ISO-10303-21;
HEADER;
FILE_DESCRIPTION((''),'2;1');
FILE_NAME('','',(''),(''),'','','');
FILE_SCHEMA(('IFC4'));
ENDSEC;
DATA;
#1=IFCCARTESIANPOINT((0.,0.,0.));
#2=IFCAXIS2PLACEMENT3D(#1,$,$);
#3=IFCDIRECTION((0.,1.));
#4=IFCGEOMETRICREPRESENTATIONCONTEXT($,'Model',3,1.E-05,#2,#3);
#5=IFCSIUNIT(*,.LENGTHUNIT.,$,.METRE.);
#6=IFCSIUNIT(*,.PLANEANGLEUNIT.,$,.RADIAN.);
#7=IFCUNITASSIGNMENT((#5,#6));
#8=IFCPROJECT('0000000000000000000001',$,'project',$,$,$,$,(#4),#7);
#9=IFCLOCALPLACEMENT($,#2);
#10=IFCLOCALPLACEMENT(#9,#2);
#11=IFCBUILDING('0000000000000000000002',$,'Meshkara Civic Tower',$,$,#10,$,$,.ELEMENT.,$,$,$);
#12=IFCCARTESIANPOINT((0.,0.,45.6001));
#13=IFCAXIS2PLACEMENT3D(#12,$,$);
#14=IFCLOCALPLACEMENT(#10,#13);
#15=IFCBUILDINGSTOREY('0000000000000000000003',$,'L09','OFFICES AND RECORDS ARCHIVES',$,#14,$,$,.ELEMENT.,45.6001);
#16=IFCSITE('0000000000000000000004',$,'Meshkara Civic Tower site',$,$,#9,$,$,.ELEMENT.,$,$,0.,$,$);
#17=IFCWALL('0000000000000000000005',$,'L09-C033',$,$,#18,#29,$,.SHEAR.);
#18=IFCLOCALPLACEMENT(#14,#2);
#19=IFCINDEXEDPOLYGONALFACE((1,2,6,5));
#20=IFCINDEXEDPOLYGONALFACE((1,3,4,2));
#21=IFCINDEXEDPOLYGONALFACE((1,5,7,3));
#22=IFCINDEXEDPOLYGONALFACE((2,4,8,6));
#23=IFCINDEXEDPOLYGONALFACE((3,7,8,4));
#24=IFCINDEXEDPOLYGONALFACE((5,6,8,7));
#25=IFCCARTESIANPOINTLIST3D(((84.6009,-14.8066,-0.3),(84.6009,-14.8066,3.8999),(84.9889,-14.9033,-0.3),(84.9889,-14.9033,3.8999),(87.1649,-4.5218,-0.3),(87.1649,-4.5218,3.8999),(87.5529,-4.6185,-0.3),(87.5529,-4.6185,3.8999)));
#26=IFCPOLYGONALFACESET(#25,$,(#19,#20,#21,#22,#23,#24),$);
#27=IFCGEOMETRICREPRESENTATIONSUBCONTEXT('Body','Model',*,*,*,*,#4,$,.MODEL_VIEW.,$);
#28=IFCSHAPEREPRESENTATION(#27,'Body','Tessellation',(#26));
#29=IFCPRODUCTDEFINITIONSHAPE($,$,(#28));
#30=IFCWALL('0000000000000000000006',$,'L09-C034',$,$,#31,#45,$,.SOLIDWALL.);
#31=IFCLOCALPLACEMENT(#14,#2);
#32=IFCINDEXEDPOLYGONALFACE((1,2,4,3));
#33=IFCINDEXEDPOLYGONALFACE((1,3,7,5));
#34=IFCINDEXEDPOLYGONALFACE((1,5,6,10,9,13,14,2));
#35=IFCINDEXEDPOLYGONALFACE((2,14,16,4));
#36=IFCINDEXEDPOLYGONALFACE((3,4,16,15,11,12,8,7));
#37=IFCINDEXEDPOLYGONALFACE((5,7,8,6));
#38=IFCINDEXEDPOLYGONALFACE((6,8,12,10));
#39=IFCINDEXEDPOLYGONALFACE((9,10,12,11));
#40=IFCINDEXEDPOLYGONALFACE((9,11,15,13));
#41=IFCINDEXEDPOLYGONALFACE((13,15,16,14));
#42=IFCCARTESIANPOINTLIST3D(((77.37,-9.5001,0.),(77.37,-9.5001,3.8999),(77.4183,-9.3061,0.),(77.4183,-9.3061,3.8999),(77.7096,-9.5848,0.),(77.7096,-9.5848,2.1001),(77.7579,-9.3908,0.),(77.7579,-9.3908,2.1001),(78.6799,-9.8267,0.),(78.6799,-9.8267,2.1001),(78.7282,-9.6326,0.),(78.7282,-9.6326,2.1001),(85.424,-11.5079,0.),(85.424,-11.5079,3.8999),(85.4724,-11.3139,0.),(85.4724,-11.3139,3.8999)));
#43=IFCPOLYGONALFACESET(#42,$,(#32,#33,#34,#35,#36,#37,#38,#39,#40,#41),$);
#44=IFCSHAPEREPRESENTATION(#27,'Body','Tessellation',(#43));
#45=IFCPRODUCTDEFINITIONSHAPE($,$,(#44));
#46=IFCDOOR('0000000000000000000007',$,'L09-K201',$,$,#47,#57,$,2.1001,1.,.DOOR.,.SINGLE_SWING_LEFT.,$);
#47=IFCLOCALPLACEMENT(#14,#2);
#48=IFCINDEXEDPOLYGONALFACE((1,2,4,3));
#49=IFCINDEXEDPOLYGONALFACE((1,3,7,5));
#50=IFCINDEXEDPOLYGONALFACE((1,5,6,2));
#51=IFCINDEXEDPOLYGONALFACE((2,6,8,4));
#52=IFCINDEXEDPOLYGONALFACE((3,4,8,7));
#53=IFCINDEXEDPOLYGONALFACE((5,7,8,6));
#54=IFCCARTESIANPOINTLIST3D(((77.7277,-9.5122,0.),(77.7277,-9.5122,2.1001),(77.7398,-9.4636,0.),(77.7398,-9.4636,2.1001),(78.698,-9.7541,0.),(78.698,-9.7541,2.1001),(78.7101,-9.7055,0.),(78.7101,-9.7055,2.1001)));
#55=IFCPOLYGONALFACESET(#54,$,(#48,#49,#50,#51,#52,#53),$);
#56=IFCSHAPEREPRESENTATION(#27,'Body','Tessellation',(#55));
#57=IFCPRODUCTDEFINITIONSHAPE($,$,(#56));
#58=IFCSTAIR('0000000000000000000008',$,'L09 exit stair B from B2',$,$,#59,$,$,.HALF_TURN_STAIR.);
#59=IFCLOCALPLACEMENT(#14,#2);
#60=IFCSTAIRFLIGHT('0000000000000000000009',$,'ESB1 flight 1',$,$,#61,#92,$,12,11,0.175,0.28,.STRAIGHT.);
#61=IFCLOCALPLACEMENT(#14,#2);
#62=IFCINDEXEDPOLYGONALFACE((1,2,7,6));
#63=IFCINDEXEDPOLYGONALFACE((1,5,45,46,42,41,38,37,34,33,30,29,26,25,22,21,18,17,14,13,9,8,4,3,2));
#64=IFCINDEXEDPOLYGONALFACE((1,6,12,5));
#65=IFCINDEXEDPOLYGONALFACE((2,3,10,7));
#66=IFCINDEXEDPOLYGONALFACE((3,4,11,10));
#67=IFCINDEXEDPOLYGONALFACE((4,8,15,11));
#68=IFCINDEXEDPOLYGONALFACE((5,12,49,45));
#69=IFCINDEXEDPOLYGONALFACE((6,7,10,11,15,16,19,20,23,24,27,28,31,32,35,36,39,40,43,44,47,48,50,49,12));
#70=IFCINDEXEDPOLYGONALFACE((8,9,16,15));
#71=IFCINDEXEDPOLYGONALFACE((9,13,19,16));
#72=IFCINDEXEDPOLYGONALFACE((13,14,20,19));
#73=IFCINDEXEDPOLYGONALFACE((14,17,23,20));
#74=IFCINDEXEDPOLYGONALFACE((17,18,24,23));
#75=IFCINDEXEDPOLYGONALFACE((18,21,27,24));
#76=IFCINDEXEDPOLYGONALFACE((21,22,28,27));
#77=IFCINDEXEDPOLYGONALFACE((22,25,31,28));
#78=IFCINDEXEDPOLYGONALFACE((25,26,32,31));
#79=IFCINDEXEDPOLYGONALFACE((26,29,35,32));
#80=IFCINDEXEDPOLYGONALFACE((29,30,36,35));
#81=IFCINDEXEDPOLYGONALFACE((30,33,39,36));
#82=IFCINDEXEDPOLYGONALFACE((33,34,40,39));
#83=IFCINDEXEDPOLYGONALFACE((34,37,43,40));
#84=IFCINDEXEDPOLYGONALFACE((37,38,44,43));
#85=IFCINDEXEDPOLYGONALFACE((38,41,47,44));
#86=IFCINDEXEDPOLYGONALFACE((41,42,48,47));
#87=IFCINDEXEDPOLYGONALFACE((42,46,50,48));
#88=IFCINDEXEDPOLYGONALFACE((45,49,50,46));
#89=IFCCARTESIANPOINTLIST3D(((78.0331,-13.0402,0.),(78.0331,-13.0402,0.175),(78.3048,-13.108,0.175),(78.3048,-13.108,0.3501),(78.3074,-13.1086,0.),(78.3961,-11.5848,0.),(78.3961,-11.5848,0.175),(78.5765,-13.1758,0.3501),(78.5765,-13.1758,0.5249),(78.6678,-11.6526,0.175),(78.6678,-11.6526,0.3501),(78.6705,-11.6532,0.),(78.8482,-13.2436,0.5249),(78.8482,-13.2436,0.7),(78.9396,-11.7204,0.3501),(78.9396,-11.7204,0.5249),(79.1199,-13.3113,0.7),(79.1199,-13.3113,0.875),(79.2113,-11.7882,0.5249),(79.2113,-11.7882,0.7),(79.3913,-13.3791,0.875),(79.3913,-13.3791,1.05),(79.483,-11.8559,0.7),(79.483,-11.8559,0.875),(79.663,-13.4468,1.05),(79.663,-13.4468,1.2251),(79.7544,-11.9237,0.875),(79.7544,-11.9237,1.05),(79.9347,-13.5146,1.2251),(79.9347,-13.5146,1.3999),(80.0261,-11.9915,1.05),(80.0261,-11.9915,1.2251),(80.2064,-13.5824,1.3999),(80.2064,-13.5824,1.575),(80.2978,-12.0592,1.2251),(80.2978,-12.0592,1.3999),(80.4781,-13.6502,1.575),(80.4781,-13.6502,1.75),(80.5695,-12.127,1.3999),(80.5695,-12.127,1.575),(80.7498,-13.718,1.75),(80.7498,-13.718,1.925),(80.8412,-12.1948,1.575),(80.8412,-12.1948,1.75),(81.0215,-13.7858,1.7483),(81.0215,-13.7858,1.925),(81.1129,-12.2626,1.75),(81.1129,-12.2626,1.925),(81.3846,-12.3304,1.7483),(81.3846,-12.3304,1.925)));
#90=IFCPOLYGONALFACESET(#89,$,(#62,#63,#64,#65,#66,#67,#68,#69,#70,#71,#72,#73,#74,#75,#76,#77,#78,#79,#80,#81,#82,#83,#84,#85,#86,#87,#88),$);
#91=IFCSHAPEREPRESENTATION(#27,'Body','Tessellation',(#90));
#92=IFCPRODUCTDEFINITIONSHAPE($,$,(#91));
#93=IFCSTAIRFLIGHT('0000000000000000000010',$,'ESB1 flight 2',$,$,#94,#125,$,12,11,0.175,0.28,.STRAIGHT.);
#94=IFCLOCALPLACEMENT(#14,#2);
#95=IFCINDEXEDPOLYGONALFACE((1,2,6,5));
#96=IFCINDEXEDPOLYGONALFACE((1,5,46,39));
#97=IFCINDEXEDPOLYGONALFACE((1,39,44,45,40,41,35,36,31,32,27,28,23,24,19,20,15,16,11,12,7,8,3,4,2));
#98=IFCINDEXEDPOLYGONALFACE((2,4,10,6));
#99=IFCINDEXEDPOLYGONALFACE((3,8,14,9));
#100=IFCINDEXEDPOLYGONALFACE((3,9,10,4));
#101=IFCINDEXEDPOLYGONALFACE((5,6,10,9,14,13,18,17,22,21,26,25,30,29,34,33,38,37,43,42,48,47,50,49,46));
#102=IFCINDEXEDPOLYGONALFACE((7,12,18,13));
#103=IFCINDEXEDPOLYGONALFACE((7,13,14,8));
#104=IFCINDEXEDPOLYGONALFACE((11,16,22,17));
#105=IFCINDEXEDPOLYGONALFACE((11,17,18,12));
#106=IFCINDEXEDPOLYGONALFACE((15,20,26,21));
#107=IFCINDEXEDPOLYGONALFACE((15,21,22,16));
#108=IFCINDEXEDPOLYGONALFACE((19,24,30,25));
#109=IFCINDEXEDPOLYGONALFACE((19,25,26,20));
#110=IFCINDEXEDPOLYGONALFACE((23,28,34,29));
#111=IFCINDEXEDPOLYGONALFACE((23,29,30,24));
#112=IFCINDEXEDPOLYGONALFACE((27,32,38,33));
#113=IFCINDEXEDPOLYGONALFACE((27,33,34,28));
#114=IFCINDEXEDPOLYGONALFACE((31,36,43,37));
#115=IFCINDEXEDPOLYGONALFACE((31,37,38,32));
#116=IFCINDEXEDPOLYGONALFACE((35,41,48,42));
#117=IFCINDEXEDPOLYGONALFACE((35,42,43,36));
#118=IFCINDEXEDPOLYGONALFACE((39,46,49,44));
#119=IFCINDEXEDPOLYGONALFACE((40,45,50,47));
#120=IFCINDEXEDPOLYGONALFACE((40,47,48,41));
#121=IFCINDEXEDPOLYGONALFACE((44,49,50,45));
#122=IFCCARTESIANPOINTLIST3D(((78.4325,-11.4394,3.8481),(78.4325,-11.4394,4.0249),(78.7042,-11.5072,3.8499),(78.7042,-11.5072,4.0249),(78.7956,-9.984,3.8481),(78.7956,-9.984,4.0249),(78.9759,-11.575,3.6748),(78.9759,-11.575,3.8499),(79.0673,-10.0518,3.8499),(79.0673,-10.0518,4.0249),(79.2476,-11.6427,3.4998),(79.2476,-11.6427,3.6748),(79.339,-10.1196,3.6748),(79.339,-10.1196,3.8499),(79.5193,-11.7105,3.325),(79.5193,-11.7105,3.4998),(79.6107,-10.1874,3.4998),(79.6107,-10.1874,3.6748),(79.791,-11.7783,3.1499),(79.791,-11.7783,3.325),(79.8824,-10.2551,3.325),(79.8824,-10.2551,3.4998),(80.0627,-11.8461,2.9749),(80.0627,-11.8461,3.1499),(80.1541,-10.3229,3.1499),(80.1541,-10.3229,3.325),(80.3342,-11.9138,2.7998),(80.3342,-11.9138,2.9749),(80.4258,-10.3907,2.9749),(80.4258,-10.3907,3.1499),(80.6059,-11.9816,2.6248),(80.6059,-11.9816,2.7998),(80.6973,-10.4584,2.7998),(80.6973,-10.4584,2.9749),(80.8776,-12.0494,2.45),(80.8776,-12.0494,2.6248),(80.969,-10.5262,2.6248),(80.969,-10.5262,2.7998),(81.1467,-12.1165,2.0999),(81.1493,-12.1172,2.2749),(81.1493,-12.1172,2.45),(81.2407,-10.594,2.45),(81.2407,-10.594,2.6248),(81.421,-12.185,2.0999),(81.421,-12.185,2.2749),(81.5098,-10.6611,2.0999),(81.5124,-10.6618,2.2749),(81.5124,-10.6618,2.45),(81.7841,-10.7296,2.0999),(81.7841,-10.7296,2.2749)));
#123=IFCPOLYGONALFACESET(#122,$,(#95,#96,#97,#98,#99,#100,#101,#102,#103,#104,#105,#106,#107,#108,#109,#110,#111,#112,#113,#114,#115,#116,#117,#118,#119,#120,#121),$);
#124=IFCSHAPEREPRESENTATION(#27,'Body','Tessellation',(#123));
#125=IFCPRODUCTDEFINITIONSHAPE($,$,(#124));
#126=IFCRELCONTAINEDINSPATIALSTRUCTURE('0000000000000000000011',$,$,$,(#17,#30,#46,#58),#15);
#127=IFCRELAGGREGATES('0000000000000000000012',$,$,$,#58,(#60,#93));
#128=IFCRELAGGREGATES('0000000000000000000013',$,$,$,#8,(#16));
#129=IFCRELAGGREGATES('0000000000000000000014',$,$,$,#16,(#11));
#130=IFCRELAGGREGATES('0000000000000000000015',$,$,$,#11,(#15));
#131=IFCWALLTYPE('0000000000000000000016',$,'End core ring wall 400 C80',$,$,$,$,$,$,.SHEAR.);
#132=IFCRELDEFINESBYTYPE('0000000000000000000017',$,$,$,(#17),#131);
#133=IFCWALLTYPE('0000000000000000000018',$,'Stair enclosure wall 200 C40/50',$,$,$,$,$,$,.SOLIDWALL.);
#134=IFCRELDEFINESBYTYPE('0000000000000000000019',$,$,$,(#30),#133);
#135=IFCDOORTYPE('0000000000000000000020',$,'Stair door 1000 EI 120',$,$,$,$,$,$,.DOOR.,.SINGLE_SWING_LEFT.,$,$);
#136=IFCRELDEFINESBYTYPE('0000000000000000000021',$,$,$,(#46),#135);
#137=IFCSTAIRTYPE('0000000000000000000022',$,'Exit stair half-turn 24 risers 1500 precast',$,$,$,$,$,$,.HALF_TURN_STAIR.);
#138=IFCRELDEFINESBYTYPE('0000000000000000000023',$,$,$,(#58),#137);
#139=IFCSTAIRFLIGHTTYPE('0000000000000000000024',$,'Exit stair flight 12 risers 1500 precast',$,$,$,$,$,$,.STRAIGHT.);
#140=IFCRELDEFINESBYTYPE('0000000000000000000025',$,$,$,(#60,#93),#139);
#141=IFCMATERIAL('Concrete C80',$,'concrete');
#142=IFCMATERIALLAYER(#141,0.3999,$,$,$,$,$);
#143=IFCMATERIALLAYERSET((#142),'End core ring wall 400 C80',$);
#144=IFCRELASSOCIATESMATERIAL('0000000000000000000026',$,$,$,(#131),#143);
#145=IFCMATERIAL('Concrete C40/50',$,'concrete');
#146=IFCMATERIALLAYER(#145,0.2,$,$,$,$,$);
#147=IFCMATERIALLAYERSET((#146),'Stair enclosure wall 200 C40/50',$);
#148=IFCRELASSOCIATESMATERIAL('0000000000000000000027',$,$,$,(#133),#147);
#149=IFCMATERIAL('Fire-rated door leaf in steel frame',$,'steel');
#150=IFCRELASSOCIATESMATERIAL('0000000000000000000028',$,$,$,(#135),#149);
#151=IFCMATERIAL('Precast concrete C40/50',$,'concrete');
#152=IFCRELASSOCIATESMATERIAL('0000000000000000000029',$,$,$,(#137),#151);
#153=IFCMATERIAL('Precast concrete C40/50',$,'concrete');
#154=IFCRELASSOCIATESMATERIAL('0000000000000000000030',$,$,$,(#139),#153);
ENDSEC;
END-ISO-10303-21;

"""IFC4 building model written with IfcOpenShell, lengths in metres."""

from ifc_helpers import new_model, si_unit, direction, frame, frame_2d, origin, place, context, subcontext, project, spatial, polyline, rectangle, outline, extrude, material, layer, layer_set, type_object, element, fill, aggregate, save


model = new_model("IFC4")

# Units and contexts
model_context = context("Model", 3, precision=1e-05, world=origin(), true_north=direction((0.0, 1.0)))
body_context = subcontext(model_context, "Body", "Model", "MODEL_VIEW")
ifc_project = project(units=[si_unit("LENGTHUNIT", "METRE"), si_unit("PLANEANGLEUNIT", "RADIAN")], contexts=[model_context])

# Site, building, storey
site_placement = place(None, origin())
site = spatial("IfcSite", under=ifc_project, at=site_placement, Name="Meshkara Civic Tower site", CompositionType="ELEMENT", RefElevation=0.0)
building_placement = place(site_placement, origin())
building = spatial("IfcBuilding", under=site, at=building_placement, Name="Meshkara Civic Tower", CompositionType="ELEMENT")
storey_placement = place(building_placement, frame((0.0, 0.0, 45.6001)))
storey = spatial("IfcBuildingStorey", under=building, at=storey_placement, Name="L09", Description="OFFICES AND RECORDS ARCHIVES", CompositionType="ELEMENT", Elevation=45.6001)

# Shared definitions
ifc_material_1 = material(Name="Concrete C80", Category="concrete")
ifc_layer_1 = layer(ifc_material_1, 0.3999)
ifc_layer_set_1 = layer_set([ifc_layer_1], Name="End core ring wall 400 C80")
wall_type_1 = type_object("IfcWallType", Name="End core ring wall 400 C80", PredefinedType="SHEAR", material=ifc_layer_set_1)

# Wall
wall_1_placement = place(storey_placement, frame((84.7949, -14.855, -0.3), z_axis=(0.0, 0.0, 1.0), x_axis=(0.241891, 0.970304, 0.0)))
element("IfcWall", 1, at=wall_1_placement, inside=storey, type_object=wall_type_1, Name="L09-C033", PredefinedType="SHEAR", context=body_context, shape_type="SweptSolid", body=[
    extrude(rectangle(XDim=10.5996, YDim=0.3999, at=frame_2d((5.2998, 0.0))), origin(), (0.0, 0.0, 1.0), 4.2),
])

# Wall, opening, door
ifc_material_2 = material(Name="Concrete C40/50", Category="concrete")
ifc_layer_2 = layer(ifc_material_2, 0.2)
ifc_layer_set_2 = layer_set([ifc_layer_2], Name="Stair enclosure wall 200 C40/50")
wall_type_2 = type_object("IfcWallType", Name="Stair enclosure wall 200 C40/50", PredefinedType="SOLIDWALL", material=ifc_layer_set_2)
wall_2_placement = place(storey_placement, frame((77.394, -9.4031, 0.0), z_axis=(0.0, 0.0, 1.0), x_axis=(0.970303, -0.241892, 0.0)))
wall_2 = element("IfcWall", 2, at=wall_2_placement, inside=storey, type_object=wall_type_2, Name="L09-C034", PredefinedType="SOLIDWALL", context=body_context, shape_type="SweptSolid", body=[
    extrude(rectangle(XDim=8.3005, YDim=0.2, at=frame_2d((4.1504, 0.0))), origin(), (0.0, 0.0, 1.0), 3.8999),
])
opening_1_placement = place(wall_2_placement, frame((0.3501, 0.0, 0.0)))
opening_1 = element("IfcOpeningElement", 3, at=opening_1_placement, cuts=wall_2, PredefinedType="OPENING", context=body_context, shape_type="SweptSolid", body=[
    extrude(rectangle(XDim=1.0, YDim=2.1001, at=frame_2d((0.5, 1.05))), frame((0.0, 0.1099, 0.0), z_axis=(0.0, -1.0, 0.0), x_axis=(1.0, 0.0, 0.0)), (0.0, 0.0, 1.0), 0.22),
])
ifc_material_3 = material(Name="Fire-rated door leaf in steel frame", Category="steel")
door_type_1 = type_object("IfcDoorType", Name="Stair door 1000 EI 120", OperationType="SINGLE_SWING_LEFT", PredefinedType="DOOR", material=ifc_material_3)
door_1_placement = place(opening_1_placement, origin())
door_1 = element("IfcDoor", 4, at=door_1_placement, inside=storey, type_object=door_type_1, Name="L09-K201", OperationType="SINGLE_SWING_LEFT", OverallHeight=2.1001, OverallWidth=1.0, PredefinedType="DOOR", context=body_context, shape_type="SweptSolid", body=[
    extrude(rectangle(XDim=1.0, YDim=2.1001, at=frame_2d((0.5, 1.05))), frame((0.0, 0.0249, 0.0), z_axis=(0.0, -1.0, 0.0), x_axis=(1.0, 0.0, 0.0)), (0.0, 0.0, 1.0), 0.05),
])
fill(opening_1, door_1)

# Stair, stair flights
ifc_material_4 = material(Name="Precast concrete C40/50", Category="concrete")
stair_type = type_object("IfcStairType", Name="Exit stair half-turn 24 risers 1500 precast", PredefinedType="HALF_TURN_STAIR", material=ifc_material_4)
stair_placement = place(storey_placement, origin())
stair = element("IfcStair", 5, at=stair_placement, inside=storey, type_object=stair_type, Name="L09 exit stair B from B2", PredefinedType="HALF_TURN_STAIR")
ifc_material_5 = material(Name="Precast concrete C40/50", Category="concrete")
stair_flight_type = type_object("IfcStairFlightType", Name="Exit stair flight 12 risers 1500 precast", PredefinedType="STRAIGHT", material=ifc_material_5)
stair_flight_1_placement = place(storey_placement, frame((78.2146, -12.3125, 0.0), z_axis=(0.0, 0.0, 1.0), x_axis=(0.97026, -0.242065, 0.0)))
stair_flight_1 = element("IfcStairFlight", 6, at=stair_flight_1_placement, type_object=stair_flight_type, Name="ESB1 flight 1", NumberOfRisers=12, NumberOfTreads=11, PredefinedType="STRAIGHT", RiserHeight=0.175, TreadLength=0.28, context=body_context, shape_type="SweptSolid", body=[
    extrude(outline(polyline([(0.0, 0.0), (0.0, 0.175), (0.28, 0.175), (0.28, 0.3501), (0.5601, 0.3501), (0.5601, 0.5249), (0.8401, 0.5249), (0.8401, 0.7), (1.1201, 0.7), (1.1201, 0.875), (1.3999, 0.875), (1.3999, 1.05), (1.6799, 1.05), (1.6799, 1.2251), (1.96, 1.2251), (1.96, 1.3999), (2.24, 1.3999), (2.24, 1.575), (2.52, 1.575), (2.52, 1.75), (2.8, 1.75), (2.8, 1.925), (3.0801, 1.925), (3.0801, 2.1001), (3.0801, 1.7483), (0.2827, 0.0), (0.0, 0.0)])), frame((0.0, 0.75, 0.0), z_axis=(0.0, -1.0, 0.0), x_axis=(1.0, 0.0, 0.0)), (0.0, 0.0, 1.0), 1.5),
])
stair_flight_2_placement = place(storey_placement, frame((81.6025, -11.4573, 2.0999), z_axis=(0.0, 0.0, 1.0), x_axis=(-0.97026, 0.242065, 0.0)))
stair_flight_2 = element("IfcStairFlight", 7, at=stair_flight_2_placement, type_object=stair_flight_type, Name="ESB1 flight 2", NumberOfRisers=12, NumberOfTreads=11, PredefinedType="STRAIGHT", RiserHeight=0.175, TreadLength=0.28, context=body_context, shape_type="SweptSolid", body=[
    extrude(outline(polyline([(0.0, 0.0), (0.0, 0.175), (0.28, 0.175), (0.28, 0.3501), (0.5601, 0.3501), (0.5601, 0.5249), (0.8401, 0.5249), (0.8401, 0.7), (1.1201, 0.7), (1.1201, 0.875), (1.3999, 0.875), (1.3999, 1.05), (1.6799, 1.05), (1.6799, 1.2251), (1.96, 1.2251), (1.96, 1.3999), (2.24, 1.3999), (2.24, 1.575), (2.52, 1.575), (2.52, 1.75), (2.8, 1.75), (2.8, 1.925), (3.0801, 1.925), (3.0801, 2.1001), (3.0801, 1.7483), (0.2827, 0.0), (0.0, 0.0)])), frame((0.0, 0.75, 0.0), z_axis=(0.0, -1.0, 0.0), x_axis=(1.0, 0.0, 0.0)), (0.0, 0.0, 1.0), 1.5),
])
aggregate(stair, [stair_flight_1, stair_flight_2])

save(model, "model.ifc")
